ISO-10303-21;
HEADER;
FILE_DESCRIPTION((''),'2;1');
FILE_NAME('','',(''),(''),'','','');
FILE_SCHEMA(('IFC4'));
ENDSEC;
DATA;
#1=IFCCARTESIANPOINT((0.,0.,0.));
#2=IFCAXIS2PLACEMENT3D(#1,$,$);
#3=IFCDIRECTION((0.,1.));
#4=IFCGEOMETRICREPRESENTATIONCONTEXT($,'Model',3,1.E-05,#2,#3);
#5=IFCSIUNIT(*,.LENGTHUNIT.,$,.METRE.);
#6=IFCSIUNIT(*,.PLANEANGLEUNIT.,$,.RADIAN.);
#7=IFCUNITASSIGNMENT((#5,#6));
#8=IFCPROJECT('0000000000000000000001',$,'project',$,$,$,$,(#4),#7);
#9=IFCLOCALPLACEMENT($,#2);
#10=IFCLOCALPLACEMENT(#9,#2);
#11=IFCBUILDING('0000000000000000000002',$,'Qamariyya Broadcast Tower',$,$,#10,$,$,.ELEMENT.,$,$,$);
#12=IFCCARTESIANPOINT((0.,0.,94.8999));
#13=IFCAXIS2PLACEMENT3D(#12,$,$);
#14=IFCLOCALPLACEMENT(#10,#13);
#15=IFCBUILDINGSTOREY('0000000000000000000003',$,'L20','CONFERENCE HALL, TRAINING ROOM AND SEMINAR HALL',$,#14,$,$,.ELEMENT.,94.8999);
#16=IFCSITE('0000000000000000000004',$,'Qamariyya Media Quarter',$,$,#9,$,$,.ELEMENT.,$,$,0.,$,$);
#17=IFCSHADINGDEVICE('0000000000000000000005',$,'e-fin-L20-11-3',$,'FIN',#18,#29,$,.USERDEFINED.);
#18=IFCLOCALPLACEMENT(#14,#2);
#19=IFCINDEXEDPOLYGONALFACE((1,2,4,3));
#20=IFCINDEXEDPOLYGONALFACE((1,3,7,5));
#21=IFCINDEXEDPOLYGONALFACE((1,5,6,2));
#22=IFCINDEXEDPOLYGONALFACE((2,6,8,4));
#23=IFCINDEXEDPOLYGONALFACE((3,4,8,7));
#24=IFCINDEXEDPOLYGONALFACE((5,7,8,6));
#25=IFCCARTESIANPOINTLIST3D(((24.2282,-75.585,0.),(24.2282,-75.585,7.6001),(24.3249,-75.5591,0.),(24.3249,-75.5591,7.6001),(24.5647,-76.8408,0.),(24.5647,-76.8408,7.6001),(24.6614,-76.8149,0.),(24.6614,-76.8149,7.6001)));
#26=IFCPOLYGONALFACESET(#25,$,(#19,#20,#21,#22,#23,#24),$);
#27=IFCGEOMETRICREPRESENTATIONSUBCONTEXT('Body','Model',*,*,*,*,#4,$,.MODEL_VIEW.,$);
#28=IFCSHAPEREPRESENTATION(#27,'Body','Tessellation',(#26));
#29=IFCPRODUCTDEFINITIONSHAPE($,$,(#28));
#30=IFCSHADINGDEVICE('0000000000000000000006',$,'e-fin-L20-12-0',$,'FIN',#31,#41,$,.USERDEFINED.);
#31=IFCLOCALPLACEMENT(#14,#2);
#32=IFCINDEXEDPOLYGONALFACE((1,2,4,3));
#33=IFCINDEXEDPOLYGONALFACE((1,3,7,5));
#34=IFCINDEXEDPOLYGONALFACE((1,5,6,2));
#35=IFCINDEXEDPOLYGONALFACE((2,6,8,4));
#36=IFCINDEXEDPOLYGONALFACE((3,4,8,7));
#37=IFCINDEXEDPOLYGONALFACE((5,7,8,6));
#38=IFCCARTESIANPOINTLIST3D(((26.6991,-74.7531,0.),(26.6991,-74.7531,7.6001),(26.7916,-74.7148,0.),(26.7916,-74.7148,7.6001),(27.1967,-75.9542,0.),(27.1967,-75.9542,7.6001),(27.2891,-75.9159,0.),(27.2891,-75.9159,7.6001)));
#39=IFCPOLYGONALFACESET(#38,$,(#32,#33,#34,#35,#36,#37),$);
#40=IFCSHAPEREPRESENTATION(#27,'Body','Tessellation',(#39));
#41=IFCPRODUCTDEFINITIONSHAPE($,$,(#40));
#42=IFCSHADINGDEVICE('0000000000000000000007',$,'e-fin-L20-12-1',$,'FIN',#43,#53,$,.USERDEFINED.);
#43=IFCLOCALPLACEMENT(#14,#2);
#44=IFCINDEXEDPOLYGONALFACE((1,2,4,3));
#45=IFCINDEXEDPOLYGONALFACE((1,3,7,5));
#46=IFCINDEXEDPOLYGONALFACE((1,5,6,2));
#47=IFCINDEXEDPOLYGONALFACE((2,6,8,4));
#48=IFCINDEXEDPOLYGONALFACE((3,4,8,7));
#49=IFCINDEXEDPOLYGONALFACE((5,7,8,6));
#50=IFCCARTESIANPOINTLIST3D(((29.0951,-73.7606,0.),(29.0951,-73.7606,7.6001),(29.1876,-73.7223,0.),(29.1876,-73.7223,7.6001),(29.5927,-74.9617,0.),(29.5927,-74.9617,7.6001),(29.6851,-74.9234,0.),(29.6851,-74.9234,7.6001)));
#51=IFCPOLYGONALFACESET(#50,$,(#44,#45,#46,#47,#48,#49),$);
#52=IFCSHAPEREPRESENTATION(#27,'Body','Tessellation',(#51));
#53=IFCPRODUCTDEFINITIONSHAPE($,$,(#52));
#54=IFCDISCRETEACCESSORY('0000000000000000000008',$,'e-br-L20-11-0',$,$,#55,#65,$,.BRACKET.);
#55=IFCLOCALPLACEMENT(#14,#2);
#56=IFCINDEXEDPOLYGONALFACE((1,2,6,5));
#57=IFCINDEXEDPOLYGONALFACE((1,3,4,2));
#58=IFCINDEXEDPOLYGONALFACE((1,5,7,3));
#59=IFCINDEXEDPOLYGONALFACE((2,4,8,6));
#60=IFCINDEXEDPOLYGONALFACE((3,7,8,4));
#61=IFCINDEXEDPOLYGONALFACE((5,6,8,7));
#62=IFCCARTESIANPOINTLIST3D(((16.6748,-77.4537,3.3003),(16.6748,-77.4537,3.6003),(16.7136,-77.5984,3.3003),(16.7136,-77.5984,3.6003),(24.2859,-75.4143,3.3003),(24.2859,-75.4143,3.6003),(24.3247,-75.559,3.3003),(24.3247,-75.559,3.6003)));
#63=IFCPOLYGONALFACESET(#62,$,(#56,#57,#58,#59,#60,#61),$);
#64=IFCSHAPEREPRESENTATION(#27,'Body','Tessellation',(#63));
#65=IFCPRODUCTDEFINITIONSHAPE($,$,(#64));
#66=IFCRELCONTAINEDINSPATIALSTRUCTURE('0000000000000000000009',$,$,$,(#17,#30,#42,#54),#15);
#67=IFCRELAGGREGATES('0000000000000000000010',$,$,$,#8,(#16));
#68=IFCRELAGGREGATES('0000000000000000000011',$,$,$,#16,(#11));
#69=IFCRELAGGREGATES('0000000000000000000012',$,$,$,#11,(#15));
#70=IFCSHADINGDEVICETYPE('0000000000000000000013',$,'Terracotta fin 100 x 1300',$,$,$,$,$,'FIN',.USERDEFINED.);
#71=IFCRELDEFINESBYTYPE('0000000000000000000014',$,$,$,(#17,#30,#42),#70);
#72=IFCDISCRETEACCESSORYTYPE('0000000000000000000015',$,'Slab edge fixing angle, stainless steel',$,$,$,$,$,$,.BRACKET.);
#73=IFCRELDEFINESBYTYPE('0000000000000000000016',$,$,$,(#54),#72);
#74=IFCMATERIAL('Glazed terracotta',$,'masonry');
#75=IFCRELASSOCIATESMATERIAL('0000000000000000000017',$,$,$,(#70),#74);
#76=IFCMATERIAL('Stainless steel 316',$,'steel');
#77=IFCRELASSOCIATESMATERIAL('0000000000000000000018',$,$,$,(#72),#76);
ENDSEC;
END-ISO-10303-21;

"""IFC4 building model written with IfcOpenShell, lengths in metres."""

from ifc_helpers import new_model, si_unit, direction, frame, origin, origin_2d, place, context, subcontext, project, spatial, rectangle, extrude, material, material_profile, profile_set, type_object, element, save


model = new_model("IFC4")

# Units and contexts
model_context = context("Model", 3, precision=1e-05, world=origin(), true_north=direction((0.0, 1.0)))
body_context = subcontext(model_context, "Body", "Model", "MODEL_VIEW")
ifc_project = project(units=[si_unit("LENGTHUNIT", "METRE"), si_unit("PLANEANGLEUNIT", "RADIAN")], contexts=[model_context])

# Site, building, storey
site_placement = place(None, origin())
site = spatial("IfcSite", under=ifc_project, at=site_placement, Name="Qamariyya Media Quarter", CompositionType="ELEMENT", RefElevation=0.0)
building_placement = place(site_placement, origin())
building = spatial("IfcBuilding", under=site, at=building_placement, Name="Qamariyya Broadcast Tower", CompositionType="ELEMENT")
storey_placement = place(building_placement, frame((0.0, 0.0, 94.8999)))
storey = spatial("IfcBuildingStorey", under=building, at=storey_placement, Name="L20", Description="CONFERENCE HALL, TRAINING ROOM AND SEMINAR HALL", CompositionType="ELEMENT", Elevation=94.8999)

# Shading devices
ifc_material_1 = material(Name="Glazed terracotta", Category="masonry")
ifc_material_profile_1 = material_profile(ifc_material_1, rectangle(XDim=1.3, YDim=0.1001, at=origin_2d()))
ifc_profile_set_1 = profile_set([ifc_material_profile_1], Name="Glazed terracotta")
shading_device_type_1 = type_object("IfcShadingDeviceType", Name="Terracotta fin 100 x 1300", ElementType="FIN", PredefinedType="USERDEFINED", material=ifc_profile_set_1)
for number, where, z_axis, x_axis, name in (
    (1, (24.4448, -76.2, 0.0), (0.0, 0.0, 1.0), (0.258819, -0.965926, 0.0), "e-fin-L20-11-3"),
    (2, (26.9941, -75.3345, 0.0), (0.0, 0.0, 1.0), (0.382683, -0.92388, 0.0), "e-fin-L20-12-0"),
    (3, (29.3901, -74.342, 0.0), (0.0, 0.0, 1.0), (0.382683, -0.92388, 0.0), "e-fin-L20-12-1"),
):
    element("IfcShadingDevice", number, at=place(storey_placement, frame(where, z_axis=z_axis, x_axis=x_axis)), inside=storey, type_object=shading_device_type_1, Name=name, ObjectType="FIN", PredefinedType="USERDEFINED", context=body_context, shape_type="SweptSolid", body=[
        extrude(rectangle(XDim=1.3, YDim=0.1001, at=origin_2d()), origin(), (0.0, 0.0, 1.0), 7.6001),
    ])

# Discrete accessory
ifc_material_2 = material(Name="Stainless steel 316", Category="steel")
discrete_accessory_type = type_object("IfcDiscreteAccessoryType", Name="Slab edge fixing angle, stainless steel", PredefinedType="BRACKET", material=ifc_material_2)
discrete_accessory_placement = place(storey_placement, frame((20.4998, -76.5063, 3.3003), z_axis=(0.0, 0.0, 1.0), x_axis=(0.965926, 0.258819, 0.0)))
element("IfcDiscreteAccessory", 4, at=discrete_accessory_placement, inside=storey, type_object=discrete_accessory_type, Name="e-br-L20-11-0", PredefinedType="BRACKET", context=body_context, shape_type="SweptSolid", body=[
    extrude(rectangle(XDim=7.8796, YDim=0.1499, at=origin_2d()), origin(), (0.0, 0.0, 1.0), 0.3),
])

save(model, "model.ifc")
